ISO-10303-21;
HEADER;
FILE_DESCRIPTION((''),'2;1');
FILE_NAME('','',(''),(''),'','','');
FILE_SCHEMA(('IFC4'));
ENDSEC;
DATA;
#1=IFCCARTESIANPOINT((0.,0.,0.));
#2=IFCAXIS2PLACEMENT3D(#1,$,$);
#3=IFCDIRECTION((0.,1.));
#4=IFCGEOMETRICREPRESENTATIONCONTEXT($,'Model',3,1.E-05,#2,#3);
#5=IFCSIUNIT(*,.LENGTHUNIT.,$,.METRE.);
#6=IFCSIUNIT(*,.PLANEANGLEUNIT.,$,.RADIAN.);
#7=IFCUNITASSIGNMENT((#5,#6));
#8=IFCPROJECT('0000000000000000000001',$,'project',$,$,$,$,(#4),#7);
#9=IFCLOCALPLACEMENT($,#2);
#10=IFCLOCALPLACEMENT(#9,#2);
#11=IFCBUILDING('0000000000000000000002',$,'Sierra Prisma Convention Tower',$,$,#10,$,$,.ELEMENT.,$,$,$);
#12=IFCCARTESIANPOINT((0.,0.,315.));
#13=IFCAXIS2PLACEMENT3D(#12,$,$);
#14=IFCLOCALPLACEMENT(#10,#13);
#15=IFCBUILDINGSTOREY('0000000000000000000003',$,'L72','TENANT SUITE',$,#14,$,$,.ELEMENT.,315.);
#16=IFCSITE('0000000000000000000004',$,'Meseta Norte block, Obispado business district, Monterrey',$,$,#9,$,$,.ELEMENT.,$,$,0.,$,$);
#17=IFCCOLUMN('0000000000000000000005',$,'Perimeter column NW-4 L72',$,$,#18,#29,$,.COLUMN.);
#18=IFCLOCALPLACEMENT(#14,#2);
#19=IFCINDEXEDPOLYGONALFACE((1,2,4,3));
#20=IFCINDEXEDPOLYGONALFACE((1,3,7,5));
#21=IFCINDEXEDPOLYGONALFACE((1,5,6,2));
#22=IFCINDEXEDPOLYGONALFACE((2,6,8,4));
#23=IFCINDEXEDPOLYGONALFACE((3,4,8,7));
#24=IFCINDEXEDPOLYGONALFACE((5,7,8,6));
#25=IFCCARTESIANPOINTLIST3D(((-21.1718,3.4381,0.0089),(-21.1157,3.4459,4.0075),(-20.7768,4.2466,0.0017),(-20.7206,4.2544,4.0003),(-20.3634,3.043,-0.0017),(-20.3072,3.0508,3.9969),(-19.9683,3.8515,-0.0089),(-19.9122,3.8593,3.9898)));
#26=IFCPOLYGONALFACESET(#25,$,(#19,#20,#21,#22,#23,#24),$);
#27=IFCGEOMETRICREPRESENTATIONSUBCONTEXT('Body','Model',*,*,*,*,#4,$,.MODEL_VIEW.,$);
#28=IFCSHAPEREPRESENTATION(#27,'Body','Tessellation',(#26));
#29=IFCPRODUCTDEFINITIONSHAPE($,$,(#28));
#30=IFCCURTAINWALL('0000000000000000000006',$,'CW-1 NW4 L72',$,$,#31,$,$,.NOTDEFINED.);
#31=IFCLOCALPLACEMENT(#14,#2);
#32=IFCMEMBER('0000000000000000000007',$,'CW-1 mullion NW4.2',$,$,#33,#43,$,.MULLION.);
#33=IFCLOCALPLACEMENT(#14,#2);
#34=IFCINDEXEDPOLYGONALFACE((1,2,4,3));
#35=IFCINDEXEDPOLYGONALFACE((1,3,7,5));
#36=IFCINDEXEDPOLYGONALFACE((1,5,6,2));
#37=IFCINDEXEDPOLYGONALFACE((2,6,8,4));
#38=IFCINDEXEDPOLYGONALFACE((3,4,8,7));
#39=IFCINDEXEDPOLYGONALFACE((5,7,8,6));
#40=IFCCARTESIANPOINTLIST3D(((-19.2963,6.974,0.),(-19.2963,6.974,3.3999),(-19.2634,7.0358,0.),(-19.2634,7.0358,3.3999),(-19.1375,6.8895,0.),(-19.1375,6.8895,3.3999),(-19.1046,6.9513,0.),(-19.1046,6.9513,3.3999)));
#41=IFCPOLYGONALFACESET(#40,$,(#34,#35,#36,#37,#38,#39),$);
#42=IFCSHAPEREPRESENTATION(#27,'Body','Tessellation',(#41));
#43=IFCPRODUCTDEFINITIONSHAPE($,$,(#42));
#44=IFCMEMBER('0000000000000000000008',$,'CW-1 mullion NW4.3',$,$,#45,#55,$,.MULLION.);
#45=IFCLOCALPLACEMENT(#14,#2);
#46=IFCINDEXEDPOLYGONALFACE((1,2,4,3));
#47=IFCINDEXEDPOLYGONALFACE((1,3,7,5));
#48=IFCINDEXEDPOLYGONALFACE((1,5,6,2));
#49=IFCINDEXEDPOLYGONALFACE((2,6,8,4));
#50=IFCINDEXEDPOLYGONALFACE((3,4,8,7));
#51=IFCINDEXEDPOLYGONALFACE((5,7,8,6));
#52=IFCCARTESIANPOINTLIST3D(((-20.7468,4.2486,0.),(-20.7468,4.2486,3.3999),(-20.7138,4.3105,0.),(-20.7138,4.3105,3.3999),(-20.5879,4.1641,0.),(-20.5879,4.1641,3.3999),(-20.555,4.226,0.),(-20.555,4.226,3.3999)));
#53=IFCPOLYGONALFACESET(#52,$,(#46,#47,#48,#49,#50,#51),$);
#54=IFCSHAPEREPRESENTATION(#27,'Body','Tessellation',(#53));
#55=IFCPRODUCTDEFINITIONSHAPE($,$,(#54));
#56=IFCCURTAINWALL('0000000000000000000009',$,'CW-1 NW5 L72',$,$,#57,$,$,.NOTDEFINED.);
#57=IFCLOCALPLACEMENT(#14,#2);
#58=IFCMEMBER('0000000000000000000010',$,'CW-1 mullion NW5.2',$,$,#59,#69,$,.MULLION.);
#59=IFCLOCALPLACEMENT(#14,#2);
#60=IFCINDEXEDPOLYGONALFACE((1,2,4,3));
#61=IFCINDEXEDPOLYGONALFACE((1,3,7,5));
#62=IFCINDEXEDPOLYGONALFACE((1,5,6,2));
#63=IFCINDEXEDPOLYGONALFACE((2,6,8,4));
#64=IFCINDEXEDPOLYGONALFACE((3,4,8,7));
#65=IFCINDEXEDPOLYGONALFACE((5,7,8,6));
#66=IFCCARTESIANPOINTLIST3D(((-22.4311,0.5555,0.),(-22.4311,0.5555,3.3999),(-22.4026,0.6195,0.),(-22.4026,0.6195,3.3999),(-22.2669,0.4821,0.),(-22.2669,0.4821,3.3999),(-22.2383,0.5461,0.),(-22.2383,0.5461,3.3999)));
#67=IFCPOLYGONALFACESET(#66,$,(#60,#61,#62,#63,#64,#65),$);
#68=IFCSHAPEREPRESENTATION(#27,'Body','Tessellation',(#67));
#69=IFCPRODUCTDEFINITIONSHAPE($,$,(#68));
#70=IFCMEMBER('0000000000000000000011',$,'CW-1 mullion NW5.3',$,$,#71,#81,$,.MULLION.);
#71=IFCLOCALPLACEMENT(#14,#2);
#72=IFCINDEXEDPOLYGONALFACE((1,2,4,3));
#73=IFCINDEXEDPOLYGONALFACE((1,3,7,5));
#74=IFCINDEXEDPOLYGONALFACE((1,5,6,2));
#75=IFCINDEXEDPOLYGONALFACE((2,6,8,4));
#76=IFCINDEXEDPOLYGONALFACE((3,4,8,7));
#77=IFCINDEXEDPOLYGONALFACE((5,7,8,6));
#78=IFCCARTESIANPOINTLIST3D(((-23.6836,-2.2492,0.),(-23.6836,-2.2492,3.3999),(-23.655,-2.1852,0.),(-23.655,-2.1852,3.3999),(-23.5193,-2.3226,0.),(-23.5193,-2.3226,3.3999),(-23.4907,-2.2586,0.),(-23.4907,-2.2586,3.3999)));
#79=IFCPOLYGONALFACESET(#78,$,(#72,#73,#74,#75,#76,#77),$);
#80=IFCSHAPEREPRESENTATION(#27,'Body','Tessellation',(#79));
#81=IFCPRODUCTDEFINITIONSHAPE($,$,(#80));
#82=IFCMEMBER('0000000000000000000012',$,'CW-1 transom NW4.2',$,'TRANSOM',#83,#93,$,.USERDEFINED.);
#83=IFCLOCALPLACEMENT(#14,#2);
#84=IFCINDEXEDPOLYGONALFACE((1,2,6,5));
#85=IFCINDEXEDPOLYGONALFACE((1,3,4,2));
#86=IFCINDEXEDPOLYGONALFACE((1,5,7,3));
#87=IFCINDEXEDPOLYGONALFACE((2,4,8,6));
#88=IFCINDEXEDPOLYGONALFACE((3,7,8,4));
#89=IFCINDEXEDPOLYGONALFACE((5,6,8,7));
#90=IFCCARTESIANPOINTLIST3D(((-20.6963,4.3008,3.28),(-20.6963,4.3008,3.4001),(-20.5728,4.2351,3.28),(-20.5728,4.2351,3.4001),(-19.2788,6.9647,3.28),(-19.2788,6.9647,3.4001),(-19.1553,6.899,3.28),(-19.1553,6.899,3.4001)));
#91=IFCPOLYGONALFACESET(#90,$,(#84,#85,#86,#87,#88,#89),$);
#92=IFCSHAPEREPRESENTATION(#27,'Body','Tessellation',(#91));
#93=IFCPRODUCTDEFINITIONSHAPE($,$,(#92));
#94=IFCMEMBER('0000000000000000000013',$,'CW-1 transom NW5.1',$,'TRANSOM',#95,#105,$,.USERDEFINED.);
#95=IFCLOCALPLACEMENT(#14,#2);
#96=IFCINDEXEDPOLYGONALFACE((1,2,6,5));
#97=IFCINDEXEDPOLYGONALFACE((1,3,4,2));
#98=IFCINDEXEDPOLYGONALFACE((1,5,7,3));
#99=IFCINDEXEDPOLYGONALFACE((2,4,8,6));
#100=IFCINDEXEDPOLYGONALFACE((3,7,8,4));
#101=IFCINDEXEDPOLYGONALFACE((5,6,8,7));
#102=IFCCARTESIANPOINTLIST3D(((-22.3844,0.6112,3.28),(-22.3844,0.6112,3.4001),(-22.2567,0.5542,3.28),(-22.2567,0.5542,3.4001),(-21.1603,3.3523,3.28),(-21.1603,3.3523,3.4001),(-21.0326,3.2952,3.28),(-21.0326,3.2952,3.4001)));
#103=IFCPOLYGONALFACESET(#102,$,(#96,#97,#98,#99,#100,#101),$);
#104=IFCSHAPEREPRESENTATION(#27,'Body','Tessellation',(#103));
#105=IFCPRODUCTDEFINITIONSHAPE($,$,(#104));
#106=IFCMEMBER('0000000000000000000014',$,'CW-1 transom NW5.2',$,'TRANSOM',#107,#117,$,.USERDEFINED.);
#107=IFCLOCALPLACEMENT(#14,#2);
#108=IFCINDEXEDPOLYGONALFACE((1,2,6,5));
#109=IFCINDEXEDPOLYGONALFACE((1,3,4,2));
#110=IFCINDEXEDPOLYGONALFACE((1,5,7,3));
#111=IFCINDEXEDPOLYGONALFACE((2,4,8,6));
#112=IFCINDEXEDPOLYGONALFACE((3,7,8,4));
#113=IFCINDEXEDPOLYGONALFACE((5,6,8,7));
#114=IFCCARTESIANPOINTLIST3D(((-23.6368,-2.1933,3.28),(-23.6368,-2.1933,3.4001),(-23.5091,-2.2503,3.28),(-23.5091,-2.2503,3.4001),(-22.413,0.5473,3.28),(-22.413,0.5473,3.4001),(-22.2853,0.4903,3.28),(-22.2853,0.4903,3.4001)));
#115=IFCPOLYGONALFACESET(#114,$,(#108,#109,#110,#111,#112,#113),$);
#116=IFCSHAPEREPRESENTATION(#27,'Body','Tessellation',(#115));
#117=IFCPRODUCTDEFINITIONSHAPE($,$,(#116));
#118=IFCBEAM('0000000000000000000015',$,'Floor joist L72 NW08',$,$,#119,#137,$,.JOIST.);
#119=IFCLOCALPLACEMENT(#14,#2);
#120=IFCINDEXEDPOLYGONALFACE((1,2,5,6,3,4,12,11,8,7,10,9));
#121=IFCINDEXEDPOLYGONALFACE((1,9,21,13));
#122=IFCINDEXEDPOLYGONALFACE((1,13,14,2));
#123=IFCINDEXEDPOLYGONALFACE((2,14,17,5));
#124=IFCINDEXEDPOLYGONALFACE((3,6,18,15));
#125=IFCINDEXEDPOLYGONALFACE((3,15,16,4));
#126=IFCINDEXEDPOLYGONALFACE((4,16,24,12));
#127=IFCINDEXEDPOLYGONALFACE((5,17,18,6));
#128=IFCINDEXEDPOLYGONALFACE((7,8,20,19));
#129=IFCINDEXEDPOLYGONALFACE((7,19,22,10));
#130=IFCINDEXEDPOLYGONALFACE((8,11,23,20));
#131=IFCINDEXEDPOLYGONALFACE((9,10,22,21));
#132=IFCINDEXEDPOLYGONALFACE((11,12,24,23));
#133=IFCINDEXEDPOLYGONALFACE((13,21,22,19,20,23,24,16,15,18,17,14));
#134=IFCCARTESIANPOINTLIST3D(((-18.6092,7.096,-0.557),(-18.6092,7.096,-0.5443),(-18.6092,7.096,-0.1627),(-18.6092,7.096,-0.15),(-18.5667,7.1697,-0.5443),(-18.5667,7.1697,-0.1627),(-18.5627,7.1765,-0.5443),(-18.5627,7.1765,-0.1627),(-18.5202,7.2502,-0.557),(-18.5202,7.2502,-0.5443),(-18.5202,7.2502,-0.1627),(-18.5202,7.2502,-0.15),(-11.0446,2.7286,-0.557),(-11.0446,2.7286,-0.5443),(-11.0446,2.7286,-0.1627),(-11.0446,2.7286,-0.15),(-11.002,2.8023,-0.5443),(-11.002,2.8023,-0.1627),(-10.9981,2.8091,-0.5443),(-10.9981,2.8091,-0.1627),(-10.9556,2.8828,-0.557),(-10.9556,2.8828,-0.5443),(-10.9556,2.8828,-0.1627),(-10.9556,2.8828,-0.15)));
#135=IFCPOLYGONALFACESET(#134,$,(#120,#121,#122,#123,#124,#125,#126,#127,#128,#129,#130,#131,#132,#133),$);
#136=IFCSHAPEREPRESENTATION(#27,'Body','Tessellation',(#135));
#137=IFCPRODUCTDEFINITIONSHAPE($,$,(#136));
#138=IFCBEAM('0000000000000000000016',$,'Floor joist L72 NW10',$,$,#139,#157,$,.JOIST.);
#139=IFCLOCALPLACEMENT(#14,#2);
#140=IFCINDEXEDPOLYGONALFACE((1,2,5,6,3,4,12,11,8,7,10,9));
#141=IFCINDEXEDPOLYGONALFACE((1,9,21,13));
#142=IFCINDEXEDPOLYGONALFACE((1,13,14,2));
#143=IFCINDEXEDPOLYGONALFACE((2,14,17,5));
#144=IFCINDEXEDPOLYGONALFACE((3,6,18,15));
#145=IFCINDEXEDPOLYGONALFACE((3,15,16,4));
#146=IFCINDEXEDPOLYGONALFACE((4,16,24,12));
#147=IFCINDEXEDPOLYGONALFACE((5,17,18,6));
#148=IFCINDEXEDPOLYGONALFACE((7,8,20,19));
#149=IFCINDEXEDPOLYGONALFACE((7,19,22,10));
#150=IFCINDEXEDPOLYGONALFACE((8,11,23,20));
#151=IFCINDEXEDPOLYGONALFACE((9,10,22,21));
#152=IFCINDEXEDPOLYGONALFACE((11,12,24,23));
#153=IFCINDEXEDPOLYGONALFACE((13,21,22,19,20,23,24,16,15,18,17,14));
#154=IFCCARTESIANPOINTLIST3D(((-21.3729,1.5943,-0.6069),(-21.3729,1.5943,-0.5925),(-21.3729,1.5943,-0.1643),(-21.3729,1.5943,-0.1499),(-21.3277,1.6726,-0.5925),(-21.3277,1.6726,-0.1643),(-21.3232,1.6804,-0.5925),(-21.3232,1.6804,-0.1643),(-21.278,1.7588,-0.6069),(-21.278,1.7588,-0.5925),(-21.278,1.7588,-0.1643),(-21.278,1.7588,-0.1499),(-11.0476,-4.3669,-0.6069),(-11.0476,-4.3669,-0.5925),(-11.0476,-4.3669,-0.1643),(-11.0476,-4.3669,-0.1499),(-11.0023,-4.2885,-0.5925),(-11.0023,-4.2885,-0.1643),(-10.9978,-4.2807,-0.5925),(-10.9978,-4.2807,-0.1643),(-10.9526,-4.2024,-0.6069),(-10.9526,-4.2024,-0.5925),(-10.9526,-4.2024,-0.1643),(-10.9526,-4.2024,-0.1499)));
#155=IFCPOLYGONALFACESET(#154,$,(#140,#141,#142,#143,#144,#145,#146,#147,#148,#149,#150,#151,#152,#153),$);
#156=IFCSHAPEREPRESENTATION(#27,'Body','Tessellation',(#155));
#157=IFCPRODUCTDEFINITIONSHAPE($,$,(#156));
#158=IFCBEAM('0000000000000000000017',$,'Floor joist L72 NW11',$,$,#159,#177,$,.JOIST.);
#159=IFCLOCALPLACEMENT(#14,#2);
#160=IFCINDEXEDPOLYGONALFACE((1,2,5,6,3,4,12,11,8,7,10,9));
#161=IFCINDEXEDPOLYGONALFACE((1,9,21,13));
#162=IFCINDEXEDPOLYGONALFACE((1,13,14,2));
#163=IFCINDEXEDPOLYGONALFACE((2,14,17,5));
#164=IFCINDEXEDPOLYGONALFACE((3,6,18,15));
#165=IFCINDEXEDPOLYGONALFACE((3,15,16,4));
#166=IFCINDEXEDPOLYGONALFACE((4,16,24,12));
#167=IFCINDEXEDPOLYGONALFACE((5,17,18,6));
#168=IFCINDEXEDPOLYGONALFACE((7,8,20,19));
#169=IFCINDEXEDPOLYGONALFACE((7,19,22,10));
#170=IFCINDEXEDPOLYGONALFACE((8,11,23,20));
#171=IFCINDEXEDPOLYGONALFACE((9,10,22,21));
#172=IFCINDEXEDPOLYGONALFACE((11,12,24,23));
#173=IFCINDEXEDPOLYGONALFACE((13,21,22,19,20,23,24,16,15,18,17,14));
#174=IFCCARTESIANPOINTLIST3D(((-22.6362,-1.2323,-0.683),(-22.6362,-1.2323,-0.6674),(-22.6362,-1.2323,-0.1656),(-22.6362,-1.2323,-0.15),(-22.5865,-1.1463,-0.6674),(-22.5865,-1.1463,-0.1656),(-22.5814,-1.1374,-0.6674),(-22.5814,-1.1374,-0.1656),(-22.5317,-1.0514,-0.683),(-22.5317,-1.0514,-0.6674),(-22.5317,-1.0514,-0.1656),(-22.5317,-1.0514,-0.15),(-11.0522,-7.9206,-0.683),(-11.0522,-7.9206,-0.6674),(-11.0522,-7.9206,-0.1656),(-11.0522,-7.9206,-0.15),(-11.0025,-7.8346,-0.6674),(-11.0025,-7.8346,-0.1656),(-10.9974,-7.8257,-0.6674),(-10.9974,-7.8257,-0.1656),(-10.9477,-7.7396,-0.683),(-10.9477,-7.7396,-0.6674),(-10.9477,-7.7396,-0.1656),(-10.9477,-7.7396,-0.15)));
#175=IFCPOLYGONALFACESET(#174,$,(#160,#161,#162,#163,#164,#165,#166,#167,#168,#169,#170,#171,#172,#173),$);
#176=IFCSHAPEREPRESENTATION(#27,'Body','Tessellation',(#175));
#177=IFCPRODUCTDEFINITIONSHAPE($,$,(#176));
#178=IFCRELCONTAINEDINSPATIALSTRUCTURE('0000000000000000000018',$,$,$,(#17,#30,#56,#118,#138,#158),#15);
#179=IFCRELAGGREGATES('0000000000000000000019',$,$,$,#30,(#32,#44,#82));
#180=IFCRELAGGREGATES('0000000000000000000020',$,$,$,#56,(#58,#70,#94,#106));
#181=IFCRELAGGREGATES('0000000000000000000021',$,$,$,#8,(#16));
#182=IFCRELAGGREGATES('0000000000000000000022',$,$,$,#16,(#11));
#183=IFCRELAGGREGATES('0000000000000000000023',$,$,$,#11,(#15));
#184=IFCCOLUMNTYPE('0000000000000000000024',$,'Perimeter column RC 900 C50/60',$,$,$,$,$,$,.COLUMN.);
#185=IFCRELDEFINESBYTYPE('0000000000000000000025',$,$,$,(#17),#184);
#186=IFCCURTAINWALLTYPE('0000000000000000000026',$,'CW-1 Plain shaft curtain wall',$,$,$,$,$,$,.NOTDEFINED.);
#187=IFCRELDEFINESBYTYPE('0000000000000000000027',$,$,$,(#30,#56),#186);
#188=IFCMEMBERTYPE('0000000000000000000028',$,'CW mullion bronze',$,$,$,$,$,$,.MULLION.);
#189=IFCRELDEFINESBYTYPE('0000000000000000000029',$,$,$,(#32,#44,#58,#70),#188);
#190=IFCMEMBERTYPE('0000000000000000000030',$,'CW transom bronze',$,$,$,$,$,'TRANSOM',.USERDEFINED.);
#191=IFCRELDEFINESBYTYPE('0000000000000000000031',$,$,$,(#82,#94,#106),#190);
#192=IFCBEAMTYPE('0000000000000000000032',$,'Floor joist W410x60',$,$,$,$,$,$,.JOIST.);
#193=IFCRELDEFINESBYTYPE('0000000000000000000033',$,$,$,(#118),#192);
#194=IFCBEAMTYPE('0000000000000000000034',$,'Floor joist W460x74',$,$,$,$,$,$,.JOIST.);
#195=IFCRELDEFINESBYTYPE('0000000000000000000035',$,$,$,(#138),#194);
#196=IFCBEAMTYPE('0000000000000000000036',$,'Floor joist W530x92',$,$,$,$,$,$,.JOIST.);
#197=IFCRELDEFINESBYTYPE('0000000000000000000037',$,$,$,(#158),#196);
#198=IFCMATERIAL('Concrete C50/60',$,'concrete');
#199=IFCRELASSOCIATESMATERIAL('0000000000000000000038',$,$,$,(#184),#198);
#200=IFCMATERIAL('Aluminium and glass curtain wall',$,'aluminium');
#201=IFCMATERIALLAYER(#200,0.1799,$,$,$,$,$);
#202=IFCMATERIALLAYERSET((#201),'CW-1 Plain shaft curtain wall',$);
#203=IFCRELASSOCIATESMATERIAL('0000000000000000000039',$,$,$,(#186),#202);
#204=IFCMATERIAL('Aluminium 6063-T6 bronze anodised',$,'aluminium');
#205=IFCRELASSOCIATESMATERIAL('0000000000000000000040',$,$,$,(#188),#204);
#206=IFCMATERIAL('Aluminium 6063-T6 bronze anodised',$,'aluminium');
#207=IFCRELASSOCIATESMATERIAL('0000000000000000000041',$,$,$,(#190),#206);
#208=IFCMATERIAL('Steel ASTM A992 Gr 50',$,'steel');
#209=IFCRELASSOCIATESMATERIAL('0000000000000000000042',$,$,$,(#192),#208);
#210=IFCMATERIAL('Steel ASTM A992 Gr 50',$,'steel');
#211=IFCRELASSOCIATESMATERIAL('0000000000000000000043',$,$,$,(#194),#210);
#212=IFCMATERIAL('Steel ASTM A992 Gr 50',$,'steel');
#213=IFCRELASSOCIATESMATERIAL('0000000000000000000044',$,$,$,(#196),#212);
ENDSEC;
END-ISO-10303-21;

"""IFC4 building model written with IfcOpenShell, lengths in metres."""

from ifc_helpers import new_model, si_unit, direction, frame, origin, origin_2d, place, context, subcontext, project, spatial, rectangle, i_section, extrude, clip, halfspace, material, layer, layer_set, material_profile, profile_set, type_object, element, aggregate, save


model = new_model("IFC4")

# Units and contexts
model_context = context("Model", 3, precision=1e-05, world=origin(), true_north=direction((0.0, 1.0)))
body_context = subcontext(model_context, "Body", "Model", "MODEL_VIEW")
ifc_project = project(units=[si_unit("LENGTHUNIT", "METRE"), si_unit("PLANEANGLEUNIT", "RADIAN")], contexts=[model_context])

# Site, building, storey
site_placement = place(None, origin())
site = spatial("IfcSite", under=ifc_project, at=site_placement, Name="Meseta Norte block, Obispado business district, Monterrey", CompositionType="ELEMENT", RefElevation=0.0)
building_placement = place(site_placement, origin())
building = spatial("IfcBuilding", under=site, at=building_placement, Name="Sierra Prisma Convention Tower", CompositionType="ELEMENT")
storey_placement = place(building_placement, frame((0.0, 0.0, 315.0)))
storey = spatial("IfcBuildingStorey", under=building, at=storey_placement, Name="L72", Description="TENANT SUITE", CompositionType="ELEMENT", Elevation=315.0)

# Column
ifc_material_1 = material(Name="Concrete C50/60", Category="concrete")
ifc_material_profile_1 = material_profile(ifc_material_1, rectangle(XDim=0.8999, YDim=0.8999, at=origin_2d()), Name="Perimeter column RC 900 C50/60")
ifc_profile_set_1 = profile_set([ifc_material_profile_1], Name="Concrete C50/60")
column_type = type_object("IfcColumnType", Name="Perimeter column RC 900 C50/60", PredefinedType="COLUMN", material=ifc_profile_set_1)
column_placement = place(storey_placement, frame((-20.5701, 3.6448, 0.0), z_axis=(0.014037, 0.001953, 0.9999), x_axis=(0.438991, 0.898456, -0.007917)))
element("IfcColumn", 1, at=column_placement, inside=storey, type_object=column_type, Name="Perimeter column NW-4 L72", PredefinedType="COLUMN", context=body_context, shape_type="SweptSolid", body=[
    clip(extrude(rectangle(XDim=0.8999, YDim=0.8999, at=origin_2d()), origin(), (0.0, 0.0, 1.0), 4.0005), halfspace(frame((0.0, 0.0, 3.999)), False)),
])

# Curtain walls, members
ifc_material_2 = material(Name="Aluminium and glass curtain wall", Category="aluminium")
ifc_layer_1 = layer(ifc_material_2, 0.1799)
ifc_layer_set_1 = layer_set([ifc_layer_1], Name="CW-1 Plain shaft curtain wall")
curtain_wall_type = type_object("IfcCurtainWallType", Name="CW-1 Plain shaft curtain wall", PredefinedType="NOTDEFINED", material=ifc_layer_set_1)
curtain_wall_1_placement = place(storey_placement, origin())
curtain_wall_1 = element("IfcCurtainWall", 2, at=curtain_wall_1_placement, inside=storey, type_object=curtain_wall_type, Name="CW-1 NW4 L72", PredefinedType="NOTDEFINED")
ifc_material_3 = material(Name="Aluminium 6063-T6 bronze anodised", Category="aluminium")
ifc_material_profile_2 = material_profile(ifc_material_3, rectangle(XDim=0.1799, YDim=0.0701, at=origin_2d()), Name="ALU MULLION 70x180")
ifc_profile_set_2 = profile_set([ifc_material_profile_2], Name="Aluminium 6063-T6 bronze anodised")
member_type_1 = type_object("IfcMemberType", Name="CW mullion bronze", PredefinedType="MULLION", material=ifc_profile_set_2)
member_1_placement = place(storey_placement, frame((-19.2004, 6.9626, 0.0), z_axis=(0.0, 0.0, 1.0), x_axis=(0.882774, -0.469797, 0.0)))
member_1 = element("IfcMember", 3, at=member_1_placement, type_object=member_type_1, Name="CW-1 mullion NW4.2", PredefinedType="MULLION", context=body_context, shape_type="SweptSolid", body=[
    extrude(rectangle(XDim=0.1799, YDim=0.0701, at=origin_2d()), origin(), (0.0, 0.0, 1.0), 3.3999),
])
member_2_placement = place(storey_placement, frame((-20.6509, 4.2373, 0.0), z_axis=(0.0, 0.0, 1.0), x_axis=(0.882774, -0.469797, 0.0)))
member_2 = element("IfcMember", 4, at=member_2_placement, type_object=member_type_1, Name="CW-1 mullion NW4.3", PredefinedType="MULLION", context=body_context, shape_type="SweptSolid", body=[
    extrude(rectangle(XDim=0.1799, YDim=0.0701, at=origin_2d()), origin(), (0.0, 0.0, 1.0), 3.3999),
])
curtain_wall_2_placement = place(storey_placement, origin())
curtain_wall_2 = element("IfcCurtainWall", 5, at=curtain_wall_2_placement, inside=storey, type_object=curtain_wall_type, Name="CW-1 NW5 L72", PredefinedType="NOTDEFINED")
member_3_placement = place(storey_placement, frame((-22.3347, 0.5508, 0.0), z_axis=(0.0, 0.0, 1.0), x_axis=(0.913095, -0.407747, 0.0)))
member_3 = element("IfcMember", 6, at=member_3_placement, type_object=member_type_1, Name="CW-1 mullion NW5.2", PredefinedType="MULLION", context=body_context, shape_type="SweptSolid", body=[
    extrude(rectangle(XDim=0.1799, YDim=0.0701, at=origin_2d()), origin(), (0.0, 0.0, 1.0), 3.3999),
])
member_4_placement = place(storey_placement, frame((-23.5872, -2.2539, 0.0), z_axis=(0.0, 0.0, 1.0), x_axis=(0.913095, -0.407747, 0.0)))
member_4 = element("IfcMember", 7, at=member_4_placement, type_object=member_type_1, Name="CW-1 mullion NW5.3", PredefinedType="MULLION", context=body_context, shape_type="SweptSolid", body=[
    extrude(rectangle(XDim=0.1799, YDim=0.0701, at=origin_2d()), origin(), (0.0, 0.0, 1.0), 3.3999),
])

# Members
ifc_material_4 = material(Name="Aluminium 6063-T6 bronze anodised", Category="aluminium")
ifc_material_profile_3 = material_profile(ifc_material_4, rectangle(XDim=0.1399, YDim=0.1201, at=origin_2d()), Name="ALU TRANSOM 120x140")
ifc_profile_set_3 = profile_set([ifc_material_profile_3], Name="Aluminium 6063-T6 bronze anodised")
member_type_2 = type_object("IfcMemberType", Name="CW transom bronze", ElementType="TRANSOM", PredefinedType="USERDEFINED", material=ifc_profile_set_3)
member_5_placement = place(storey_placement, frame((-19.217, 6.9319, 3.3401), z_axis=(-0.469757, -0.882796, 0.0), x_axis=(0.882796, -0.469757, 0.0)))
member_5 = element("IfcMember", 8, at=member_5_placement, type_object=member_type_2, Name="CW-1 transom NW4.2", ObjectType="TRANSOM", PredefinedType="USERDEFINED", context=body_context, shape_type="SweptSolid", body=[
    extrude(rectangle(XDim=0.1399, YDim=0.1201, at=origin_2d()), origin(), (0.0, 0.0, 1.0), 3.0176),
])
member_6_placement = place(storey_placement, frame((-21.0964, 3.3237, 3.3401), z_axis=(-0.407783, -0.913079, 0.0), x_axis=(0.913079, -0.407783, 0.0)))
member_6 = element("IfcMember", 9, at=member_6_placement, type_object=member_type_2, Name="CW-1 transom NW5.1", ObjectType="TRANSOM", PredefinedType="USERDEFINED", context=body_context, shape_type="SweptSolid", body=[
    extrude(rectangle(XDim=0.1399, YDim=0.1201, at=origin_2d()), origin(), (0.0, 0.0, 1.0), 3.002),
])
member_7_placement = place(storey_placement, frame((-22.3491, 0.5188, 3.3401), z_axis=(-0.407745, -0.913096, 0.0), x_axis=(0.913096, -0.407745, 0.0)))
member_7 = element("IfcMember", 10, at=member_7_placement, type_object=member_type_2, Name="CW-1 transom NW5.2", ObjectType="TRANSOM", PredefinedType="USERDEFINED", context=body_context, shape_type="SweptSolid", body=[
    extrude(rectangle(XDim=0.1399, YDim=0.1201, at=origin_2d()), origin(), (0.0, 0.0, 1.0), 3.0015),
])

# Beams
ifc_material_5 = material(Name="Steel ASTM A992 Gr 50", Category="steel")
ifc_material_profile_4 = material_profile(ifc_material_5, i_section(OverallWidth=0.178, OverallDepth=0.407, WebThickness=0.0078, FlangeThickness=0.0127, at=origin_2d()), Name="W410x60")
ifc_profile_set_4 = profile_set([ifc_material_profile_4], Name="Steel ASTM A992 Gr 50")
beam_type_1 = type_object("IfcBeamType", Name="Floor joist W410x60", PredefinedType="JOIST", material=ifc_profile_set_4)
beam_1_placement = place(storey_placement, frame((-18.5647, 7.1731, -0.3535), z_axis=(0.866028, -0.499996, 0.0), x_axis=(0.499996, 0.866028, 0.0)))
element("IfcBeam", 11, at=beam_1_placement, inside=storey, type_object=beam_type_1, Name="Floor joist L72 NW08", PredefinedType="JOIST", context=body_context, shape_type="SweptSolid", body=[
    extrude(i_section(OverallWidth=0.178, OverallDepth=0.407, WebThickness=0.0078, FlangeThickness=0.0127, at=origin_2d()), origin(), (0.0, 0.0, 1.0), 8.7349),
])
ifc_material_6 = material(Name="Steel ASTM A992 Gr 50", Category="steel")
ifc_material_profile_5 = material_profile(ifc_material_6, i_section(OverallWidth=0.1899, OverallDepth=0.457, WebThickness=0.009, FlangeThickness=0.0144, at=origin_2d()), Name="W460x74")
ifc_profile_set_5 = profile_set([ifc_material_profile_5], Name="Steel ASTM A992 Gr 50")
beam_type_2 = type_object("IfcBeamType", Name="Floor joist W460x74", PredefinedType="JOIST", material=ifc_profile_set_5)
beam_2_placement = place(storey_placement, frame((-21.3254, 1.6765, -0.3784), z_axis=(0.866033, -0.499987, 0.0), x_axis=(0.499987, 0.866033, 0.0)))
element("IfcBeam", 12, at=beam_2_placement, inside=storey, type_object=beam_type_2, Name="Floor joist L72 NW10", PredefinedType="JOIST", context=body_context, shape_type="SweptSolid", body=[
    extrude(i_section(OverallWidth=0.1899, OverallDepth=0.457, WebThickness=0.009, FlangeThickness=0.0144, at=origin_2d()), origin(), (0.0, 0.0, 1.0), 11.9226),
])
ifc_material_7 = material(Name="Steel ASTM A992 Gr 50", Category="steel")
ifc_material_profile_6 = material_profile(ifc_material_7, i_section(OverallWidth=0.209, OverallDepth=0.533, WebThickness=0.0103, FlangeThickness=0.0156, at=origin_2d()), Name="W530x92")
ifc_profile_set_6 = profile_set([ifc_material_profile_6], Name="Steel ASTM A992 Gr 50")
beam_type_3 = type_object("IfcBeamType", Name="Floor joist W530x92", PredefinedType="JOIST", material=ifc_profile_set_6)
beam_3_placement = place(storey_placement, frame((-22.584, -1.1418, -0.4165), z_axis=(0.866018, -0.500012, 0.0), x_axis=(0.500012, 0.866018, 0.0)))
element("IfcBeam", 13, at=beam_3_placement, inside=storey, type_object=beam_type_3, Name="Floor joist L72 NW11", PredefinedType="JOIST", context=body_context, shape_type="SweptSolid", body=[
    extrude(i_section(OverallWidth=0.209, OverallDepth=0.533, WebThickness=0.0103, FlangeThickness=0.0156, at=origin_2d()), origin(), (0.0, 0.0, 1.0), 13.3762),
])

aggregate(curtain_wall_1, [member_1, member_2, member_5])
aggregate(curtain_wall_2, [member_3, member_4, member_6, member_7])

save(model, "model.ifc")
